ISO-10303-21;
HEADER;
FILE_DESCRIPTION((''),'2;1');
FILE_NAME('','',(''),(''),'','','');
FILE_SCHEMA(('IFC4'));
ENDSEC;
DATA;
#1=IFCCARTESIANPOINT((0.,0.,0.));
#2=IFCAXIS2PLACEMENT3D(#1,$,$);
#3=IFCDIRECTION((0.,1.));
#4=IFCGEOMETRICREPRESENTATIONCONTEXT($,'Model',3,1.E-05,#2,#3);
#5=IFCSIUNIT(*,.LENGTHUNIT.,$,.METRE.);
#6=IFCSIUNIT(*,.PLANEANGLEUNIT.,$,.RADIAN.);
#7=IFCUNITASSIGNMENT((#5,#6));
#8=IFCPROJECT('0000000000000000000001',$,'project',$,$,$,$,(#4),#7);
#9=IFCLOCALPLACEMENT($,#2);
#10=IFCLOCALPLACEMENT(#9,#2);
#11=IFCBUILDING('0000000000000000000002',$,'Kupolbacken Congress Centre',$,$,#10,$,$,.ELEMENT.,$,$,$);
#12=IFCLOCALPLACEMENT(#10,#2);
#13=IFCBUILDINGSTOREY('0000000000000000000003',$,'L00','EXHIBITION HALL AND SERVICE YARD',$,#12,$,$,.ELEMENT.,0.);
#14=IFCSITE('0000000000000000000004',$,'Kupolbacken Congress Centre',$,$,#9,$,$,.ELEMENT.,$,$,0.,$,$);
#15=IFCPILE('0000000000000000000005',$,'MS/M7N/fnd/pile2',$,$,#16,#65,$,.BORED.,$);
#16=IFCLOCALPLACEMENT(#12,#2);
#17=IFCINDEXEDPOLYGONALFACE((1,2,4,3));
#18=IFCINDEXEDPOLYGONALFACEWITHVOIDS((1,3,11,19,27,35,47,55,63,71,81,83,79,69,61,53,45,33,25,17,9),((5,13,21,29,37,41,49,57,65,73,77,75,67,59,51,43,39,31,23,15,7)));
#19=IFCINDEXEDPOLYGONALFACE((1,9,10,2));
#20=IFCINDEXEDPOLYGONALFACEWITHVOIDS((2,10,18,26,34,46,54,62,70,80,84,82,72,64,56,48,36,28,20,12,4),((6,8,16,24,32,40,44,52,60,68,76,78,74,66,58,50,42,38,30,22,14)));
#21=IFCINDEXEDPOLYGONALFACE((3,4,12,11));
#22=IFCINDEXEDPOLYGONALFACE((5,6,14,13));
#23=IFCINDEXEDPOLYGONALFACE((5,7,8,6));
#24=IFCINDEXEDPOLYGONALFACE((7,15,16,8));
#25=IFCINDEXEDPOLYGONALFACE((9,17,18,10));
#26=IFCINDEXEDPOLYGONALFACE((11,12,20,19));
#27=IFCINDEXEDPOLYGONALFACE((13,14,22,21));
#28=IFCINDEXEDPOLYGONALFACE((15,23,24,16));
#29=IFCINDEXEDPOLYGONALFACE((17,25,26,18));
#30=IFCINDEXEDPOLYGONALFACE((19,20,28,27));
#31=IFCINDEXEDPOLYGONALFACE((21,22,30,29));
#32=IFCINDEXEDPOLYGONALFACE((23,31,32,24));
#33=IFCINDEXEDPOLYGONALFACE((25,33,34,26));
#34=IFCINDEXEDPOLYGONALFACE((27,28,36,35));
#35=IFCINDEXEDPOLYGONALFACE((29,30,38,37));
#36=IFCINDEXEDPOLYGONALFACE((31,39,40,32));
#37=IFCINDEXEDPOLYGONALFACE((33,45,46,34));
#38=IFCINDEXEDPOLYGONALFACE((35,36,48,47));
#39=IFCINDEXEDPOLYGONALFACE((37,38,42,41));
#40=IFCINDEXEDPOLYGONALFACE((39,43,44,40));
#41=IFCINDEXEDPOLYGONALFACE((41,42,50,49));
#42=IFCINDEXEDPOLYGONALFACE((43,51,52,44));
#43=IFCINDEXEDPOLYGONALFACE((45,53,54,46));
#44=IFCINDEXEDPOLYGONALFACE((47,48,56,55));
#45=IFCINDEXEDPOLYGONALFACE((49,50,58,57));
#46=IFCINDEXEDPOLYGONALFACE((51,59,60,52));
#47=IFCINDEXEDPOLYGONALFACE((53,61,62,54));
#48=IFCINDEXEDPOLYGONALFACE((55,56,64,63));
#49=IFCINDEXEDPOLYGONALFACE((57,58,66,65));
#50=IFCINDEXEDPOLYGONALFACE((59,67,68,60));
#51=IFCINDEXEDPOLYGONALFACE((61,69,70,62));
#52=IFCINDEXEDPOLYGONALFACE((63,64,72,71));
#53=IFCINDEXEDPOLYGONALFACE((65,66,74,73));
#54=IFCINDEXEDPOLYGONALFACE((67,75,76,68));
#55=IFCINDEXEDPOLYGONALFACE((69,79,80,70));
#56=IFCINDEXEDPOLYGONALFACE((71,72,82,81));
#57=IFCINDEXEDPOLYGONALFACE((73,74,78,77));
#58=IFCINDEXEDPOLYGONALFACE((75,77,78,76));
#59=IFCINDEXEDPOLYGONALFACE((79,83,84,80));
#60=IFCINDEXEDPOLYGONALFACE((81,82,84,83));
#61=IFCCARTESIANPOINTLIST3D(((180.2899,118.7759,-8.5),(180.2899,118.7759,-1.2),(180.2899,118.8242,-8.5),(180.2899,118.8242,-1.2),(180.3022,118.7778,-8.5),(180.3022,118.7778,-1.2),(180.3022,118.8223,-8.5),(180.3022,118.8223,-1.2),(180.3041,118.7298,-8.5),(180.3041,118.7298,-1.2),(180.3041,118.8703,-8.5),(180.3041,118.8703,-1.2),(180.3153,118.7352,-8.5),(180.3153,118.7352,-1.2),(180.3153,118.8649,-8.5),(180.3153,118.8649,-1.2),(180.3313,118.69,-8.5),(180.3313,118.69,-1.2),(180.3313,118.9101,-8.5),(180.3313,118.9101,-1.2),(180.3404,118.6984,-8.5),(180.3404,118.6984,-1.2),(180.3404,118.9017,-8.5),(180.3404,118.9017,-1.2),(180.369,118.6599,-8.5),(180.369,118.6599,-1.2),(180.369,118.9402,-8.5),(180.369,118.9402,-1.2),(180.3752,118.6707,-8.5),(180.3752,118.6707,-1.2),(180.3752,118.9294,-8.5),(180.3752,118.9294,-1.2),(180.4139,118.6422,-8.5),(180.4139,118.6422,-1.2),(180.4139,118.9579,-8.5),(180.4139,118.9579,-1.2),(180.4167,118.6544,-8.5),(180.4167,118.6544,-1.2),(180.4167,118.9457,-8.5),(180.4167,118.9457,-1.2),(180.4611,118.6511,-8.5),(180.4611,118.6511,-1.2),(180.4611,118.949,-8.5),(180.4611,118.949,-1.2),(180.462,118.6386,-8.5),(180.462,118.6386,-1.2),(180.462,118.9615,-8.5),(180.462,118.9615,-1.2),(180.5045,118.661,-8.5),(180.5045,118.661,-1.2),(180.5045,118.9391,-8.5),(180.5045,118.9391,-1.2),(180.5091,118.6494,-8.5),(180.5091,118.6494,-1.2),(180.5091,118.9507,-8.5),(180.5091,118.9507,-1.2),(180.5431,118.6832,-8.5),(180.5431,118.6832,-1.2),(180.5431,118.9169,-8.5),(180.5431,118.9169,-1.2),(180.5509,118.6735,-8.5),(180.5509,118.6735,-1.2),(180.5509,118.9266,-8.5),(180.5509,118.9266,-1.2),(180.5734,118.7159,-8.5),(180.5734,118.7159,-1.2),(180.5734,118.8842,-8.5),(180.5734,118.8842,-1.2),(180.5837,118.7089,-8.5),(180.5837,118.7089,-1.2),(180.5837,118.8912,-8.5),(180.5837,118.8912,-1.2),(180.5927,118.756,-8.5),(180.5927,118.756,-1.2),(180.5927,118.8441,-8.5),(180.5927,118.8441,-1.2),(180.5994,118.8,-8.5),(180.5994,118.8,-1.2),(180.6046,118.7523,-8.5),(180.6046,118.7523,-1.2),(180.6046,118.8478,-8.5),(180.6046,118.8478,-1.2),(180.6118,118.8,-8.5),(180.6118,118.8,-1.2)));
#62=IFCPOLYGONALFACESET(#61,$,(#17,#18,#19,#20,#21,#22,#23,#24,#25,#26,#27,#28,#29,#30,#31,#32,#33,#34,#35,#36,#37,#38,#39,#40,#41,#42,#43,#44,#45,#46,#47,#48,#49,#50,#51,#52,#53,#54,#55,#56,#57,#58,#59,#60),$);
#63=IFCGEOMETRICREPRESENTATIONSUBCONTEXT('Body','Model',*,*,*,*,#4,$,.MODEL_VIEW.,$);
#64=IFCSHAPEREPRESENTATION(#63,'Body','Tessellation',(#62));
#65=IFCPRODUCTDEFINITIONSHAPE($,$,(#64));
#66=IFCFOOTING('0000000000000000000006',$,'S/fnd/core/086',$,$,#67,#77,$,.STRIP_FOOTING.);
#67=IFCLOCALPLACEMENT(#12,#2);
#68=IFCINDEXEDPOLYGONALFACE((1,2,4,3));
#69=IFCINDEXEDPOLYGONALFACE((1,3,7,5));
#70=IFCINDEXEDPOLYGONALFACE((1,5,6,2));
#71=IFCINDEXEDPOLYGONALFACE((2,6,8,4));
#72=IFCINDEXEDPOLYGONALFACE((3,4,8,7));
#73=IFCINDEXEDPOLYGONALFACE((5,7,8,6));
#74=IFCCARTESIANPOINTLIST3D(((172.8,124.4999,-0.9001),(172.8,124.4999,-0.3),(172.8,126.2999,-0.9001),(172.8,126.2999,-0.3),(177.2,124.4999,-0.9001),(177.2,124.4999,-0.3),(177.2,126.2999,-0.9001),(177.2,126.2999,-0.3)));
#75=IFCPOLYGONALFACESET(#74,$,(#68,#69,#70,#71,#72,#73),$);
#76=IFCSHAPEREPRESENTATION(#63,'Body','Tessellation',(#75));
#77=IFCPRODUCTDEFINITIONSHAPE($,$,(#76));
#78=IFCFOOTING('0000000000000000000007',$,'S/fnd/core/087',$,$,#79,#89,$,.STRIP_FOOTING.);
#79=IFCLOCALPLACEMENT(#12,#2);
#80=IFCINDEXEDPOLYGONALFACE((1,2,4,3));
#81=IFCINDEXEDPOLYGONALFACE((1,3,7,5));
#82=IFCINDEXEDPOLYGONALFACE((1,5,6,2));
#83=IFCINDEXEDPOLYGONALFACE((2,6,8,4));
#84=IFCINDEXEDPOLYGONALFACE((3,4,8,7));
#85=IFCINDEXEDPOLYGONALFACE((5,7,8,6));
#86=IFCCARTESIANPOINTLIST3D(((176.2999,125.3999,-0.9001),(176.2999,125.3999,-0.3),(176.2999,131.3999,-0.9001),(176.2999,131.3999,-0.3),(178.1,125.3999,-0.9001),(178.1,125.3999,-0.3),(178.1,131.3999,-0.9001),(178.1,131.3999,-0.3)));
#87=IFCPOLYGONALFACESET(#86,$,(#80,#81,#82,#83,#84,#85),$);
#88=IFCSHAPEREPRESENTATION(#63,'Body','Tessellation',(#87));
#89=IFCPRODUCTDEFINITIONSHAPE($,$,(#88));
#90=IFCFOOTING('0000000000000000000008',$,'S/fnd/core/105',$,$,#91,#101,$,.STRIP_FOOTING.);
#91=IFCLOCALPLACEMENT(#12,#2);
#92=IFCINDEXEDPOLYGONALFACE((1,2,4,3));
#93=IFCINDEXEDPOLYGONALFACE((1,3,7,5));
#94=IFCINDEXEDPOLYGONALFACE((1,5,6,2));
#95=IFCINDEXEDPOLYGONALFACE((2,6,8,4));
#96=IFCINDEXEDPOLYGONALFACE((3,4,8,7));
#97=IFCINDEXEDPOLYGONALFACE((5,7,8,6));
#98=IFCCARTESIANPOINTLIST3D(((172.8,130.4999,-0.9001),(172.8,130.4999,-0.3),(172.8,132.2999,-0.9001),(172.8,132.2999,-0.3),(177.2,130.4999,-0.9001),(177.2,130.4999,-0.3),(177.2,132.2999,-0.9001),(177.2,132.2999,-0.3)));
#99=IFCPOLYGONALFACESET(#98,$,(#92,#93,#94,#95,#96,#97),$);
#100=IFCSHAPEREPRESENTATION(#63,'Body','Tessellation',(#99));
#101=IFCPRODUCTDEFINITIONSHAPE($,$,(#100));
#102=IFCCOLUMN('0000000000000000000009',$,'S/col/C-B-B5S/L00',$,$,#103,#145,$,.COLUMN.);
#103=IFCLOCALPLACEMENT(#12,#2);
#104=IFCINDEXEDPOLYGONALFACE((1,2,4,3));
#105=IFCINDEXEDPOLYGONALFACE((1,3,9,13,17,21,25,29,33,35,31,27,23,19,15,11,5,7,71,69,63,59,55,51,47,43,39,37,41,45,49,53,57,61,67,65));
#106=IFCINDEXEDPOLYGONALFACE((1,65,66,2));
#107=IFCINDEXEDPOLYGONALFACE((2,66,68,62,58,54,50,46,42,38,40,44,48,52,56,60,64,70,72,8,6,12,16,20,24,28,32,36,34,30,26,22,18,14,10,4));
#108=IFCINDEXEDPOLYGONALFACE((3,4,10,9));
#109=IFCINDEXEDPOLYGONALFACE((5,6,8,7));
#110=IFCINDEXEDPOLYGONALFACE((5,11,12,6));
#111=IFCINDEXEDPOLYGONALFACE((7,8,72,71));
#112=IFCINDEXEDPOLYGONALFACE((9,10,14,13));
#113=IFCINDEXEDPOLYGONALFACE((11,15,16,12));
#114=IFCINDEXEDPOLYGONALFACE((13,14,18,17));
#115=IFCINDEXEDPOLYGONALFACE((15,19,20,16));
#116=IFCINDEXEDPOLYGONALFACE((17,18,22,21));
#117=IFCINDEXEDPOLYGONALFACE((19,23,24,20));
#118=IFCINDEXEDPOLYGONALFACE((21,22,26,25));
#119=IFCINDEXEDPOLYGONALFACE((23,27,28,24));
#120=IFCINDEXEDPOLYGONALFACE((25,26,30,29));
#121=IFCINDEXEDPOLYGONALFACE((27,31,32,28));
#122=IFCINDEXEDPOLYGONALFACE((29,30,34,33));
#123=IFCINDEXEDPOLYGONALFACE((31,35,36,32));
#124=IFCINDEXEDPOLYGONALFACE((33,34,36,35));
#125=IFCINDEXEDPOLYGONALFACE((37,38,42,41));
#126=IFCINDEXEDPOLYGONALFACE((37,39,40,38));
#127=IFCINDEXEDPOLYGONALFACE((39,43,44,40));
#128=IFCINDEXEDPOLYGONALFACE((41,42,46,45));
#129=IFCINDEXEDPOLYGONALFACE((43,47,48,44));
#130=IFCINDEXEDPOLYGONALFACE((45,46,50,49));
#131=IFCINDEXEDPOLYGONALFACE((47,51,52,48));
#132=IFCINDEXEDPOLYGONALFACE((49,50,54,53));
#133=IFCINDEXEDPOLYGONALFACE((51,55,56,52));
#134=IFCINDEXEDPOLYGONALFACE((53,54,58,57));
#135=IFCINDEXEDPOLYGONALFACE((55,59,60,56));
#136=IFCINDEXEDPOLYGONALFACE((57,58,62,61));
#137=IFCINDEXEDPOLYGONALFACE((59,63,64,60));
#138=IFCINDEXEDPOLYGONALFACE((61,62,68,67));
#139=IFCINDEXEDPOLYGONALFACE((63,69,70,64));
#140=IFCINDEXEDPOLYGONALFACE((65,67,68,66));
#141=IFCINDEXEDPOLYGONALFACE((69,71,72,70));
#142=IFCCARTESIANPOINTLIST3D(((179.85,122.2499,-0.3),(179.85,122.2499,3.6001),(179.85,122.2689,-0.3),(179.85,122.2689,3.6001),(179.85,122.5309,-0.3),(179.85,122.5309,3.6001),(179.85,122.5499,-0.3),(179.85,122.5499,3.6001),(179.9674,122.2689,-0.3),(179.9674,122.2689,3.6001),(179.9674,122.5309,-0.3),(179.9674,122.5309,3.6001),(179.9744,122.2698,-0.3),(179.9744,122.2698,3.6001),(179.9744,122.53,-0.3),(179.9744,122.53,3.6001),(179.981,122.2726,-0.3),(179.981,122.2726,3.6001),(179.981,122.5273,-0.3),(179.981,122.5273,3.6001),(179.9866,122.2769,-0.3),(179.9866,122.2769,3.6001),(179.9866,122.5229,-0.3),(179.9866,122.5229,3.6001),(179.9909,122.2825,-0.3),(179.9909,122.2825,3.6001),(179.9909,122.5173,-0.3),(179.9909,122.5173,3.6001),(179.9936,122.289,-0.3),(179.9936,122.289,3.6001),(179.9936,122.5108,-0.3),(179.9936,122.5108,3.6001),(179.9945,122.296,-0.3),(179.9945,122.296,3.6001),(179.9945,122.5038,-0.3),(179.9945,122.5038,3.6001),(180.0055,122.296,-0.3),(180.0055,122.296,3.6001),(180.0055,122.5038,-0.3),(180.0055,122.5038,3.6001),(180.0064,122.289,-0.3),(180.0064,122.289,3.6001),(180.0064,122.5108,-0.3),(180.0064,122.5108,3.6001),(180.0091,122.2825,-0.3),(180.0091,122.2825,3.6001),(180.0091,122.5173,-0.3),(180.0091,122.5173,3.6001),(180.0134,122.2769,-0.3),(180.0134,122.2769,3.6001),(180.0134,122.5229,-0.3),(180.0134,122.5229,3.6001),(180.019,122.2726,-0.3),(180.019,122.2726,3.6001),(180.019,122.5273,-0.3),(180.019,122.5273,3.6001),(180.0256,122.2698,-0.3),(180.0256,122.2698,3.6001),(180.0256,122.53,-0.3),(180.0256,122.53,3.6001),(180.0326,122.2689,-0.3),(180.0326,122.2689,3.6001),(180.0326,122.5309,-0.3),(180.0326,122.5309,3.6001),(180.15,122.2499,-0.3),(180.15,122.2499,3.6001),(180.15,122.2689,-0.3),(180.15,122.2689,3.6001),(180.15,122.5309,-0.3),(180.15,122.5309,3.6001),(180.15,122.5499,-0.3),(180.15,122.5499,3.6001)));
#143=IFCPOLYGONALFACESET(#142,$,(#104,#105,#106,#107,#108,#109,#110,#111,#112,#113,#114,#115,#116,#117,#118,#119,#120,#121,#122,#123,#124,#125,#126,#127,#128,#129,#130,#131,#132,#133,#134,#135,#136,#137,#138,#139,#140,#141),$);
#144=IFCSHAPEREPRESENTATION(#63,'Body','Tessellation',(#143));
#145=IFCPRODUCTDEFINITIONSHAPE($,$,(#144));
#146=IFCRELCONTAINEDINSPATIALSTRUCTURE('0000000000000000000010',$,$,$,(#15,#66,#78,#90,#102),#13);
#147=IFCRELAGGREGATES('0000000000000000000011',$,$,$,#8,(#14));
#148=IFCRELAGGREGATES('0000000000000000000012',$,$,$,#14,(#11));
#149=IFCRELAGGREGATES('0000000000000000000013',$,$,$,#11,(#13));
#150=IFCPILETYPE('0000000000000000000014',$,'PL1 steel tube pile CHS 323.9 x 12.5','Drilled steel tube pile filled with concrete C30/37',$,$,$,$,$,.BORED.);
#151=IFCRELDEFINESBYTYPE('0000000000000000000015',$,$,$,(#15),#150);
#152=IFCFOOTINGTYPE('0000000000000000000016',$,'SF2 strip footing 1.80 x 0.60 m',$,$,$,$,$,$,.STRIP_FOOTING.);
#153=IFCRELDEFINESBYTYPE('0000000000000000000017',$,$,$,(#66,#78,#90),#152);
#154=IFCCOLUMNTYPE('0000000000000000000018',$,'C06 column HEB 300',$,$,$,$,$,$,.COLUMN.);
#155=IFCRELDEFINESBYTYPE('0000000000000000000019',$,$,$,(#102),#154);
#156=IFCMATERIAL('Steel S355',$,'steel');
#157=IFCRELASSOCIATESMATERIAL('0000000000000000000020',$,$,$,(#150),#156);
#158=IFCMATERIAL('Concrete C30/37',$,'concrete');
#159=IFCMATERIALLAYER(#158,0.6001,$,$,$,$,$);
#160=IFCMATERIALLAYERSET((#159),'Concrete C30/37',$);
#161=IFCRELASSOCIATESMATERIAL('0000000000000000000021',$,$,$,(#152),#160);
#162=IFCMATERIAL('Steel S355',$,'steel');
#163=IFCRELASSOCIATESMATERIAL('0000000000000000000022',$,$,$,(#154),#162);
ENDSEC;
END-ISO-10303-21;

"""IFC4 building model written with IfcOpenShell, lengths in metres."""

from ifc_helpers import new_model, si_unit, direction, frame, origin, origin_2d, place, context, subcontext, project, spatial, rectangle, hollow_circle, i_section, extrude, material, layer, layer_set, material_profile, profile_set, type_object, element, save


model = new_model("IFC4")

# Units and contexts
model_context = context("Model", 3, precision=1e-05, world=origin(), true_north=direction((0.0, 1.0)))
body_context = subcontext(model_context, "Body", "Model", "MODEL_VIEW")
ifc_project = project(units=[si_unit("LENGTHUNIT", "METRE"), si_unit("PLANEANGLEUNIT", "RADIAN")], contexts=[model_context])

# Site, building, storey
site_placement = place(None, origin())
site = spatial("IfcSite", under=ifc_project, at=site_placement, Name="Kupolbacken Congress Centre", CompositionType="ELEMENT", RefElevation=0.0)
building_placement = place(site_placement, origin())
building = spatial("IfcBuilding", under=site, at=building_placement, Name="Kupolbacken Congress Centre", CompositionType="ELEMENT")
storey_placement = place(building_placement, origin())
storey = spatial("IfcBuildingStorey", under=building, at=storey_placement, Name="L00", Description="EXHIBITION HALL AND SERVICE YARD", CompositionType="ELEMENT", Elevation=0.0)

# Pile
ifc_material_1 = material(Name="Steel S355", Category="steel")
ifc_material_profile_1 = material_profile(ifc_material_1, hollow_circle(Radius=0.1619, WallThickness=0.0125, at=origin_2d()), Name="CHS 323.9 x 12.5")
ifc_profile_set_1 = profile_set([ifc_material_profile_1], Name="Steel S355")
pile_type = type_object("IfcPileType", Name="PL1 steel tube pile CHS 323.9 x 12.5", Description="Drilled steel tube pile filled with concrete C30/37", PredefinedType="BORED", material=ifc_profile_set_1)
for number, where, z_axis, x_axis, name in (
    (1, (180.45, 118.8, -1.2), (0.0, 0.0, -1.0), (1.0, 0.0, 0.0), "MS/M7N/fnd/pile2"),
):
    element("IfcPile", number, at=place(storey_placement, frame(where, z_axis=z_axis, x_axis=x_axis)), inside=storey, type_object=pile_type, Name=name, PredefinedType="BORED", context=body_context, shape_type="SweptSolid", body=[
        extrude(hollow_circle(Radius=0.1619, WallThickness=0.0125, at=origin_2d()), origin(), (0.0, 0.0, 1.0), 7.3),
    ])

# Footings
ifc_material_2 = material(Name="Concrete C30/37", Category="concrete")
ifc_layer_1 = layer(ifc_material_2, 0.6001)
ifc_layer_set_1 = layer_set([ifc_layer_1], Name="Concrete C30/37")
footing_type_1 = type_object("IfcFootingType", Name="SF2 strip footing 1.80 x 0.60 m", PredefinedType="STRIP_FOOTING", material=ifc_layer_set_1)
footing_1_placement = place(storey_placement, frame((175.0, 125.3999, -0.9001), z_axis=(0.0, 0.0, 1.0), x_axis=(1.0, 0.0, 0.0)))
element("IfcFooting", 2, at=footing_1_placement, inside=storey, type_object=footing_type_1, Name="S/fnd/core/086", PredefinedType="STRIP_FOOTING", context=body_context, shape_type="SweptSolid", body=[
    extrude(rectangle(XDim=4.3999, YDim=1.8, at=origin_2d()), origin(), (0.0, 0.0, 1.0), 0.6001),
])
footing_2_placement = place(storey_placement, frame((177.2, 128.3999, -0.9001), z_axis=(0.0, 0.0, 1.0), x_axis=(0.0, 1.0, 0.0)))
element("IfcFooting", 3, at=footing_2_placement, inside=storey, type_object=footing_type_1, Name="S/fnd/core/087", PredefinedType="STRIP_FOOTING", context=body_context, shape_type="SweptSolid", body=[
    extrude(rectangle(XDim=6.0, YDim=1.8, at=origin_2d()), origin(), (0.0, 0.0, 1.0), 0.6001),
])
footing_3_placement = place(storey_placement, frame((175.0, 131.3999, -0.9001), z_axis=(0.0, 0.0, 1.0), x_axis=(1.0, 0.0, 0.0)))
element("IfcFooting", 4, at=footing_3_placement, inside=storey, type_object=footing_type_1, Name="S/fnd/core/105", PredefinedType="STRIP_FOOTING", context=body_context, shape_type="SweptSolid", body=[
    extrude(rectangle(XDim=4.3999, YDim=1.8, at=origin_2d()), origin(), (0.0, 0.0, 1.0), 0.6001),
])

# Column
ifc_material_3 = material(Name="Steel S355", Category="steel")
ifc_material_profile_2 = material_profile(ifc_material_3, i_section(OverallWidth=0.3, OverallDepth=0.3, WebThickness=0.011, FlangeThickness=0.019, FilletRadius=0.0271, at=origin_2d()), Name="HEB 300")
ifc_profile_set_2 = profile_set([ifc_material_profile_2], Name="Steel S355")
column_type_1 = type_object("IfcColumnType", Name="C06 column HEB 300", PredefinedType="COLUMN", material=ifc_profile_set_2)
column_1_placement = place(storey_placement, frame((180.0, 122.3999, -0.3), z_axis=(0.0, 0.0, 1.0), x_axis=(1.0, 0.0, 0.0)))
element("IfcColumn", 5, at=column_1_placement, inside=storey, type_object=column_type_1, Name="S/col/C-B-B5S/L00", PredefinedType="COLUMN", context=body_context, shape_type="SweptSolid", body=[
    extrude(i_section(OverallWidth=0.3, OverallDepth=0.3, WebThickness=0.011, FlangeThickness=0.019, FilletRadius=0.0271, at=origin_2d()), origin(), (0.0, 0.0, 1.0), 3.9001),
])

save(model, "model.ifc")
